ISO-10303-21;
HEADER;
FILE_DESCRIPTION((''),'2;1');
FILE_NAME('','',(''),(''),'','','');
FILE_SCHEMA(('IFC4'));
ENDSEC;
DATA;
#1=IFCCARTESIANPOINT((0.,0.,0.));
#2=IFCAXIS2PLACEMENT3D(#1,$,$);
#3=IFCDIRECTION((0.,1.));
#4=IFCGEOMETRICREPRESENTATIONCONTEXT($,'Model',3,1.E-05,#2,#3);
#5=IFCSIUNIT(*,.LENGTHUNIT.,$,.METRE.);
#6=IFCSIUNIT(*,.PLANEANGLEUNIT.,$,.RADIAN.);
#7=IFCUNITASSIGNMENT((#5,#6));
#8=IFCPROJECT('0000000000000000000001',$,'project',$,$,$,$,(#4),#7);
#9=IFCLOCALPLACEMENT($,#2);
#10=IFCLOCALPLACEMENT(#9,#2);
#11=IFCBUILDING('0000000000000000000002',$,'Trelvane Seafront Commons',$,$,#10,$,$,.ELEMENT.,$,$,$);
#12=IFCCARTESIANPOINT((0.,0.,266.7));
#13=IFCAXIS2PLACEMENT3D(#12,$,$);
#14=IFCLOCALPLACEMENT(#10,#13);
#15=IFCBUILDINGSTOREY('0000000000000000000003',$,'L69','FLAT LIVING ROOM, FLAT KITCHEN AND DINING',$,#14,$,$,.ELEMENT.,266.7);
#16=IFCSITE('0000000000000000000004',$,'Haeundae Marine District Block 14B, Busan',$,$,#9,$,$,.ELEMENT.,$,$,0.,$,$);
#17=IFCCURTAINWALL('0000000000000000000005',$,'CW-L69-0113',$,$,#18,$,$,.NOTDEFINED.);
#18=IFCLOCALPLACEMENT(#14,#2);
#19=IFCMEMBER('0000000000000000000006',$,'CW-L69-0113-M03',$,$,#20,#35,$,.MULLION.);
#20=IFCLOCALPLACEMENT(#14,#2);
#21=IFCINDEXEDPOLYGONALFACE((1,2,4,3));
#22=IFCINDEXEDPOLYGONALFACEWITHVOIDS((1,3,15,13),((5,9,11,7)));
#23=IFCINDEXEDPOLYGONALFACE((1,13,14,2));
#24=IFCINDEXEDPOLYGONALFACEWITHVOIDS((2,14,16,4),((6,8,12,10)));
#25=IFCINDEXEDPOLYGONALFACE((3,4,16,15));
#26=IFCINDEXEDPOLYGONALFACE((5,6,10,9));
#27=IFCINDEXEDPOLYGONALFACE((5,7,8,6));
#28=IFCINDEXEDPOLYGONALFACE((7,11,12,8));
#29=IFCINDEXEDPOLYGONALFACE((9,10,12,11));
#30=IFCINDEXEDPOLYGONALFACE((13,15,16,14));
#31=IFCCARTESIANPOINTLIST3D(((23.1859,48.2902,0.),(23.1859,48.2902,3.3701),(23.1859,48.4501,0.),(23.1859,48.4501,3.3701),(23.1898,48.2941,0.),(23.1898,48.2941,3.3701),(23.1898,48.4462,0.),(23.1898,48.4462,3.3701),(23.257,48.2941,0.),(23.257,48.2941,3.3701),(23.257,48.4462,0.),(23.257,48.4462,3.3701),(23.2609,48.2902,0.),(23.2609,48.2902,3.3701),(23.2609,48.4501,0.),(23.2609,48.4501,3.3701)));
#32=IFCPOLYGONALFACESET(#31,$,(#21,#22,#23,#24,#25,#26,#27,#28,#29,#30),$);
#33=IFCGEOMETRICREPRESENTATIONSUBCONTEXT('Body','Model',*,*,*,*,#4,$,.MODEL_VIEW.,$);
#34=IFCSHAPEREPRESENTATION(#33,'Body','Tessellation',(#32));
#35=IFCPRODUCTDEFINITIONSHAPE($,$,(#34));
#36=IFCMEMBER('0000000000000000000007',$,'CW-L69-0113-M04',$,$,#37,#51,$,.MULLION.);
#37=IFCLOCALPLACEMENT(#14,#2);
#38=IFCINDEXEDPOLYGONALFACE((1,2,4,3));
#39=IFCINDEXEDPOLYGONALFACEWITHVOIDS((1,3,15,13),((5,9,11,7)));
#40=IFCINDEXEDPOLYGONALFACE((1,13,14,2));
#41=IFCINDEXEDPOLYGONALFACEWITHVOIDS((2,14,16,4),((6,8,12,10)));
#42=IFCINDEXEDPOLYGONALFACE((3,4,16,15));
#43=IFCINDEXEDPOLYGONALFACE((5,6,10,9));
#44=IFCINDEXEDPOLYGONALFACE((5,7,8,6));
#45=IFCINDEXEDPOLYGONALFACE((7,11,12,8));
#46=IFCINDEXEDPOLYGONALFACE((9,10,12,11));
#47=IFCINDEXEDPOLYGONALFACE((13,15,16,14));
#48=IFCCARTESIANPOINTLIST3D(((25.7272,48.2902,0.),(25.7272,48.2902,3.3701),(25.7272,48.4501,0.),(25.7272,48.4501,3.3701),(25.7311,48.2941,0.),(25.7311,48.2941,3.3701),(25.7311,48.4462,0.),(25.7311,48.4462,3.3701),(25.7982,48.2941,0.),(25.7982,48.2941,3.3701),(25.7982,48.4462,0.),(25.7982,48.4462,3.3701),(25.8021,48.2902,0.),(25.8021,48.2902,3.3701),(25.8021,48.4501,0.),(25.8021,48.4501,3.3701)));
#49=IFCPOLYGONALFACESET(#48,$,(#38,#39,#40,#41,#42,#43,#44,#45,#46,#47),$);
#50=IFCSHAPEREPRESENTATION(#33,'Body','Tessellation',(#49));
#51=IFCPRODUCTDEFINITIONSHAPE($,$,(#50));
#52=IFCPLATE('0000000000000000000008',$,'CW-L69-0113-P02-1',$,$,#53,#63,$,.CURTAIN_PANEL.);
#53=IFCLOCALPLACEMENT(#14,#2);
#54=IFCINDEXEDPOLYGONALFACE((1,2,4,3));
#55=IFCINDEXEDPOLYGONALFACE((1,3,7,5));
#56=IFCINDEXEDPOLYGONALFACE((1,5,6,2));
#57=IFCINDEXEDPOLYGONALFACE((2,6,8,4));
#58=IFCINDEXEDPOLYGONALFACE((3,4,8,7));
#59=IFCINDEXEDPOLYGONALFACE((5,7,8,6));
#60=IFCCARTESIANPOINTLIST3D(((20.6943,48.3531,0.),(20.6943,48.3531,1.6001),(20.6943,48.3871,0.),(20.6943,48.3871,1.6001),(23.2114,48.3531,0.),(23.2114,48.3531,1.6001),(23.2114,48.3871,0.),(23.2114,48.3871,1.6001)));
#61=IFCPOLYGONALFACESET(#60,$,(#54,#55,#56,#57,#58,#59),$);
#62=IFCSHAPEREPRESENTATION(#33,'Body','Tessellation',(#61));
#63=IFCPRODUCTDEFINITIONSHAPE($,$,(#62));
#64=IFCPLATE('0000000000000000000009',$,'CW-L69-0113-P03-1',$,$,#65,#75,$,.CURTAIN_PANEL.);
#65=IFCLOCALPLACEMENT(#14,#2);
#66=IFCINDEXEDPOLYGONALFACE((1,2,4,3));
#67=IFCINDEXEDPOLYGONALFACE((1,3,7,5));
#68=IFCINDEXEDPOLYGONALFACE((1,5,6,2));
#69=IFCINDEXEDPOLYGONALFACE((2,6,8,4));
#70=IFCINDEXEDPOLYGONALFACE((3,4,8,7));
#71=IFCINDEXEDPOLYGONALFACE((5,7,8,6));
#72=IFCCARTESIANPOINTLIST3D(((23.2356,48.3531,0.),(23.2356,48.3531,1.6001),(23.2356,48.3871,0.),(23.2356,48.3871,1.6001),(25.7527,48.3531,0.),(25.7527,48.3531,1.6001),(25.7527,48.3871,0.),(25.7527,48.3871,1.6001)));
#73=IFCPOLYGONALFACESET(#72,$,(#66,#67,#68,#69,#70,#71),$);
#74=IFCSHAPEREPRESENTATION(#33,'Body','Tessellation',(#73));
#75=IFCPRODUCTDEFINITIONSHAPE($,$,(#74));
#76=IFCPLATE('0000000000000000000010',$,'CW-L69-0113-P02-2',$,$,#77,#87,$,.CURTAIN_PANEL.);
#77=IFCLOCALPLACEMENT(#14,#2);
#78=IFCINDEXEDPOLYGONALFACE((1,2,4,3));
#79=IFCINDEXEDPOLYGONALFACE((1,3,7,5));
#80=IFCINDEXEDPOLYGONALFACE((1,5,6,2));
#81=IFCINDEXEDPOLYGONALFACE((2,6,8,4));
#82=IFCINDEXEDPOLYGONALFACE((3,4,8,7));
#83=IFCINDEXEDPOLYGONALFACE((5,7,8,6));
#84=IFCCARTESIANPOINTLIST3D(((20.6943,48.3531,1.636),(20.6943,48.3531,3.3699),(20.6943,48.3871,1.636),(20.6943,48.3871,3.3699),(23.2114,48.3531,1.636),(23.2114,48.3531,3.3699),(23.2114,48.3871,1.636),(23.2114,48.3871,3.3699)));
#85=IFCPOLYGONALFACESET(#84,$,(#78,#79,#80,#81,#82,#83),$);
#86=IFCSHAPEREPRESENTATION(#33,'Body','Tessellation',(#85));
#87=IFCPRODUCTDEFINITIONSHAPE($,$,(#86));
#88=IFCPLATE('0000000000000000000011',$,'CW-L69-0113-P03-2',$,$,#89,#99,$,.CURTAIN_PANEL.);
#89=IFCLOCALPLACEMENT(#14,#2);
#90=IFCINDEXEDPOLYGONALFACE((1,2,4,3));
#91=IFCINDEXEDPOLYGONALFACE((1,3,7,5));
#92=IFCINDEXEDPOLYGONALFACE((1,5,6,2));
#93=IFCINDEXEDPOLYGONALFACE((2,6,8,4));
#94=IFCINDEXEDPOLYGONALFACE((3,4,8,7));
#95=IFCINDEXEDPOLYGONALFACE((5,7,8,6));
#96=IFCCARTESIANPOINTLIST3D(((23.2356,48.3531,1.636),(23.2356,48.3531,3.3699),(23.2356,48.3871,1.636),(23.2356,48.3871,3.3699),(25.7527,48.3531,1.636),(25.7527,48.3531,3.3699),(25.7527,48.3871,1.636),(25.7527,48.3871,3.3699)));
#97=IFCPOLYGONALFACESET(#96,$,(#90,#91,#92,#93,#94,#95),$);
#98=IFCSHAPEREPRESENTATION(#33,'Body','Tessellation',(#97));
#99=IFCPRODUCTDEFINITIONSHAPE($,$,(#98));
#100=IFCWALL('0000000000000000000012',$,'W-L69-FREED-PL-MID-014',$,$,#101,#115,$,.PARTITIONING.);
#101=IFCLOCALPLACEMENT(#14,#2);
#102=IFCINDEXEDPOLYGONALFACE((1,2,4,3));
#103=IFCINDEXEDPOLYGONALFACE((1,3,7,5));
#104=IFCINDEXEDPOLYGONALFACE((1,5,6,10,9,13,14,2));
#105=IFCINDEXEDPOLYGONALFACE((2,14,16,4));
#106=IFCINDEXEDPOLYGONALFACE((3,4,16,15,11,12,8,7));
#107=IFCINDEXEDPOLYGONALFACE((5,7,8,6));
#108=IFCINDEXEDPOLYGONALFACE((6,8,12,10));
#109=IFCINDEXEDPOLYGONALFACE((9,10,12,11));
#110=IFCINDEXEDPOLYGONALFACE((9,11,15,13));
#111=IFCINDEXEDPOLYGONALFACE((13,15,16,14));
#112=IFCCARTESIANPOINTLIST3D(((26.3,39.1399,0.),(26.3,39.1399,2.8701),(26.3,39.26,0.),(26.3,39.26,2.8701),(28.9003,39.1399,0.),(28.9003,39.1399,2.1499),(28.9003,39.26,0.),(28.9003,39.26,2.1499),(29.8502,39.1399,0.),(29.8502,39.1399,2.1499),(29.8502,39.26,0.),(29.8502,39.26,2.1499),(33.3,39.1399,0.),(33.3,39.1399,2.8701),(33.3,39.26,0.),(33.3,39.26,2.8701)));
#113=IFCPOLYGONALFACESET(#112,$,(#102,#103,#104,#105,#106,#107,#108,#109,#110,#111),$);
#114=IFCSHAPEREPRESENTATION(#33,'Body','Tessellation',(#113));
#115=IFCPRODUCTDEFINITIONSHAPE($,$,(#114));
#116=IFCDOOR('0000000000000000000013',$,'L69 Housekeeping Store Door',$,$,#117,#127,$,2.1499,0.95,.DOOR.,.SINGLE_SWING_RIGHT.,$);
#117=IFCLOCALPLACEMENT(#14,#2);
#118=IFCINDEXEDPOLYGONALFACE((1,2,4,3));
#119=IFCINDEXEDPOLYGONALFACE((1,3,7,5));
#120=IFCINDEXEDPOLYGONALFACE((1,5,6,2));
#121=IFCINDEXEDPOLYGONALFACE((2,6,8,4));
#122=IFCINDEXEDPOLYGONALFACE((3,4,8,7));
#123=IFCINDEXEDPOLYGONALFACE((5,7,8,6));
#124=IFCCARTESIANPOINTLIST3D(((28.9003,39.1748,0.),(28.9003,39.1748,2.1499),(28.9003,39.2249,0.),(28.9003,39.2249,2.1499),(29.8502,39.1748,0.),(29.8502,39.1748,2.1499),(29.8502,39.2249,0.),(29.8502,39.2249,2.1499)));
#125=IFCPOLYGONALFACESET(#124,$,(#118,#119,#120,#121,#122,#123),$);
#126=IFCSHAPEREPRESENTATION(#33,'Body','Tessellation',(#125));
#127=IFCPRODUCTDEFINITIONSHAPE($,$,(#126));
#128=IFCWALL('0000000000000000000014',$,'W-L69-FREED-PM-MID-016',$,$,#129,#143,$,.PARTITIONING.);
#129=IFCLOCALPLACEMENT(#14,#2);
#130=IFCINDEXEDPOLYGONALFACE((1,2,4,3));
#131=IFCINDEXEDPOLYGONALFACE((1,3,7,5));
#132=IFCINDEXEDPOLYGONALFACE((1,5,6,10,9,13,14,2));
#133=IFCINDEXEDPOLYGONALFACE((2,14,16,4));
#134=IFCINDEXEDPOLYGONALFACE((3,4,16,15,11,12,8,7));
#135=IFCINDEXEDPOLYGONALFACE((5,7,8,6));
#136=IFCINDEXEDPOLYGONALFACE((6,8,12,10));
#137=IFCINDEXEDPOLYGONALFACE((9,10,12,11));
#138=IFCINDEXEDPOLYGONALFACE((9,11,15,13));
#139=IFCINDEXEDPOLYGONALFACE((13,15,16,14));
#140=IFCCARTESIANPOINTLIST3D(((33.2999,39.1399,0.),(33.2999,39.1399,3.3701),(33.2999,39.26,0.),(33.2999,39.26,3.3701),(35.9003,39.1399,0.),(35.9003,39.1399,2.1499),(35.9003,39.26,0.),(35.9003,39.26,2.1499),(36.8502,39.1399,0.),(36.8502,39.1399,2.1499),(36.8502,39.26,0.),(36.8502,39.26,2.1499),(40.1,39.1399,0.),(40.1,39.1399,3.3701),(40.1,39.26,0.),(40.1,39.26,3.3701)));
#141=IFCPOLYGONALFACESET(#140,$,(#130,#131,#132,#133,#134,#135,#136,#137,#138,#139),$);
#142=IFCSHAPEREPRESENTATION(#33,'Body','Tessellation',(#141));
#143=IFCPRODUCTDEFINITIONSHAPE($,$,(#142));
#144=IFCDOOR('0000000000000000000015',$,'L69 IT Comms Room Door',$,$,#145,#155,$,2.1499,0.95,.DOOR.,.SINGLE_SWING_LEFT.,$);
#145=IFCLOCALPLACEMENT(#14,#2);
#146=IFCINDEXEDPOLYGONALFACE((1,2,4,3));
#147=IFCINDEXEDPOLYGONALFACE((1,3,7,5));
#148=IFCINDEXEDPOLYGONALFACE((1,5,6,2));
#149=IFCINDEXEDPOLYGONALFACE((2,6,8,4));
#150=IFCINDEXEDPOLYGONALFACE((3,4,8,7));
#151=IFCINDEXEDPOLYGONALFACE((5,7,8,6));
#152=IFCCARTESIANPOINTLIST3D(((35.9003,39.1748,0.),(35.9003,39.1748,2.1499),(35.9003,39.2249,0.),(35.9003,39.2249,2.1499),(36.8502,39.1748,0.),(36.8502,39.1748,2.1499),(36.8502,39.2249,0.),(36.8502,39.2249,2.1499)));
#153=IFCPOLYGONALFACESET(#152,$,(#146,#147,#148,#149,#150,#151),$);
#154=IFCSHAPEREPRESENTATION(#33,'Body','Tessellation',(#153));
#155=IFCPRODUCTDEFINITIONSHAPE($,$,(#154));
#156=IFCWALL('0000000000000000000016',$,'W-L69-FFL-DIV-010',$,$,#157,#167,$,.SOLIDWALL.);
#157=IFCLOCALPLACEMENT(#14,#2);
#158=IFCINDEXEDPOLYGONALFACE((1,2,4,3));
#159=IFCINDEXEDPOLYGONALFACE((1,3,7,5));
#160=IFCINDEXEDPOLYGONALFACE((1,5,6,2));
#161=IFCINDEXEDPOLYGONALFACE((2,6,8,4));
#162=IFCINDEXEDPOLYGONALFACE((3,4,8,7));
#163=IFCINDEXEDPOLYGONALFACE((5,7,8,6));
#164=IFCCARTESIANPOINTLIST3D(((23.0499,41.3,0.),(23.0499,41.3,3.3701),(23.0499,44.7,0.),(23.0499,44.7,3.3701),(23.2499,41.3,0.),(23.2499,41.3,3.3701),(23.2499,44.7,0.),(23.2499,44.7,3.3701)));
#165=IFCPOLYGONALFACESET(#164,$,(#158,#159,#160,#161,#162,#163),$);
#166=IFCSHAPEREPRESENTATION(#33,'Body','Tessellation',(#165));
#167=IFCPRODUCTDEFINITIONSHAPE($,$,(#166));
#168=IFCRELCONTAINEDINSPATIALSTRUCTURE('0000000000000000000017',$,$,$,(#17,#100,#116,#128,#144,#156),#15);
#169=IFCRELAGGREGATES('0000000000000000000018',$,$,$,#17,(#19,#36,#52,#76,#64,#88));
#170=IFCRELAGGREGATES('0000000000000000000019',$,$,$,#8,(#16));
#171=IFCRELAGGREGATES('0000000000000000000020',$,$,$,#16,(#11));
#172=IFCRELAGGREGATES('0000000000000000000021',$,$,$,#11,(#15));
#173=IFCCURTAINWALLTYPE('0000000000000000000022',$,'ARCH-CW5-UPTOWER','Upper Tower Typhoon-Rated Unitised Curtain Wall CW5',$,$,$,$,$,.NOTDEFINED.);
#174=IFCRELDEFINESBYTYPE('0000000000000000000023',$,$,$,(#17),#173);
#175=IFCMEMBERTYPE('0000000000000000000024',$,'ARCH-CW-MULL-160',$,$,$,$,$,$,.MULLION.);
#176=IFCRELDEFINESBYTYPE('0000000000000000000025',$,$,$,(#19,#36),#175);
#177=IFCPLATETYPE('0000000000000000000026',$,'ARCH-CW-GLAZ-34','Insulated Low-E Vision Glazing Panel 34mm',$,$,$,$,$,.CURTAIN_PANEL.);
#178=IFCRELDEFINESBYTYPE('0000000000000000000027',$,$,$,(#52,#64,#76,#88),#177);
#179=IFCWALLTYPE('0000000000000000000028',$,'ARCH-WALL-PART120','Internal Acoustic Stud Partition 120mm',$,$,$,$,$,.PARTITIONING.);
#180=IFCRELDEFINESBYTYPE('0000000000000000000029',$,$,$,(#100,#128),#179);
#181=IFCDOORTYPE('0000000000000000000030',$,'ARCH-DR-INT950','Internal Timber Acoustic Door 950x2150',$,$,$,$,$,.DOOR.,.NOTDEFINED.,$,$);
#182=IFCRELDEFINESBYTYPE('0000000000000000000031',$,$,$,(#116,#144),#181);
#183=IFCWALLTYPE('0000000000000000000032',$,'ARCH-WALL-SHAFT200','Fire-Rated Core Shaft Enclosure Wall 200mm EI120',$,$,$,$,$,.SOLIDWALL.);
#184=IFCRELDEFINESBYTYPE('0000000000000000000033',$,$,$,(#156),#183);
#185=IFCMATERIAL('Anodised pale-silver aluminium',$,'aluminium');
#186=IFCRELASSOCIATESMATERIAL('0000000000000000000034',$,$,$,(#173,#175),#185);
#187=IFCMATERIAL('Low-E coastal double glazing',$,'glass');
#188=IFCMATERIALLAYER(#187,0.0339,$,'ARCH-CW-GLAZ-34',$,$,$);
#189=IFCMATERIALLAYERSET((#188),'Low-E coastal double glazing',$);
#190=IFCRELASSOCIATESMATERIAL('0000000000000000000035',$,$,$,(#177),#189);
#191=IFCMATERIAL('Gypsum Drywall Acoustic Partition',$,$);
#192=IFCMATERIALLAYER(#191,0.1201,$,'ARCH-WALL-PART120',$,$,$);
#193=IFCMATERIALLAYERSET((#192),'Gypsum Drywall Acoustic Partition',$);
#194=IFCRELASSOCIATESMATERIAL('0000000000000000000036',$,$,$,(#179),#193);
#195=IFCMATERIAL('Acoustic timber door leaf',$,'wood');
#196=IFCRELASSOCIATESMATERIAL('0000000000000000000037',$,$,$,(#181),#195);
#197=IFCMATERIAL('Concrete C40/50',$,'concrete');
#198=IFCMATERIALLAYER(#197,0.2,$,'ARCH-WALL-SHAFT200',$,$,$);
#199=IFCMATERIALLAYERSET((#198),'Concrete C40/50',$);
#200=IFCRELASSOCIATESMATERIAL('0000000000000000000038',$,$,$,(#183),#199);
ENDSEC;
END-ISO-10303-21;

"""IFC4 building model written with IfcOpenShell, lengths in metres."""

from ifc_helpers import new_model, si_unit, direction, frame, frame_2d, origin, origin_2d, place, context, subcontext, project, spatial, rectangle, hollow_rectangle, extrude, source, transform, mapped, material, layer, layer_set, material_profile, profile_set, type_object, element, fill, aggregate, save


model = new_model("IFC4")

# Units and contexts
model_context = context("Model", 3, precision=1e-05, world=origin(), true_north=direction((0.0, 1.0)))
body_context = subcontext(model_context, "Body", "Model", "MODEL_VIEW")
ifc_project = project(units=[si_unit("LENGTHUNIT", "METRE"), si_unit("PLANEANGLEUNIT", "RADIAN")], contexts=[model_context])

# Site, building, storey
site_placement = place(None, origin())
site = spatial("IfcSite", under=ifc_project, at=site_placement, Name="Haeundae Marine District Block 14B, Busan", CompositionType="ELEMENT", RefElevation=0.0)
building_placement = place(site_placement, origin())
building = spatial("IfcBuilding", under=site, at=building_placement, Name="Trelvane Seafront Commons", CompositionType="ELEMENT")
storey_placement = place(building_placement, frame((0.0, 0.0, 266.7)))
storey = spatial("IfcBuildingStorey", under=building, at=storey_placement, Name="L69", Description="FLAT LIVING ROOM, FLAT KITCHEN AND DINING", CompositionType="ELEMENT", Elevation=266.7)

# Curtain wall, members, plates
ifc_material_1 = material(Name="Anodised pale-silver aluminium", Category="aluminium")
curtain_wall_type = type_object("IfcCurtainWallType", Name="ARCH-CW5-UPTOWER", Description="Upper Tower Typhoon-Rated Unitised Curtain Wall CW5", PredefinedType="NOTDEFINED", material=ifc_material_1)
curtain_wall_placement = place(storey_placement, origin())
curtain_wall = element("IfcCurtainWall", 1, at=curtain_wall_placement, inside=storey, type_object=curtain_wall_type, Name="CW-L69-0113", PredefinedType="NOTDEFINED")
ifc_material_profile_1 = material_profile(ifc_material_1, hollow_rectangle(XDim=0.075, YDim=0.1599, WallThickness=0.0039, at=origin_2d()), Name="MULL-75x160x4")
ifc_profile_set_1 = profile_set([ifc_material_profile_1], Name="Anodised pale-silver aluminium")
member_type_1 = type_object("IfcMemberType", Name="ARCH-CW-MULL-160", PredefinedType="MULLION", material=ifc_profile_set_1)
shared_shape_1 = source(origin(), body_context, "Body", "SweptSolid", [
    extrude(hollow_rectangle(XDim=0.075, YDim=0.1599, WallThickness=0.0039, at=origin_2d()), origin(), (0.0, 0.0, 1.0), 3.3701),
])
member_1_placement = place(storey_placement, frame((23.2234, 48.3701, 0.0), z_axis=(0.0, 0.0, 1.0), x_axis=(1.0, 0.0, 0.0)))
member_1 = element("IfcMember", 2, at=member_1_placement, type_object=member_type_1, Name="CW-L69-0113-M03", PredefinedType="MULLION", context=body_context, shape_type="MappedRepresentation", body=[
    mapped(shared_shape_1, transform((0.0, 0.0, 0.0), x_axis=(1.0, 0.0, 0.0), y_axis=(0.0, 1.0, 0.0), z_axis=(0.0, 0.0, 1.0), scale=1.0)),
])
member_2_placement = place(storey_placement, frame((25.7646, 48.3701, 0.0), z_axis=(0.0, 0.0, 1.0), x_axis=(1.0, 0.0, 0.0)))
member_2 = element("IfcMember", 3, at=member_2_placement, type_object=member_type_1, Name="CW-L69-0113-M04", PredefinedType="MULLION", context=body_context, shape_type="MappedRepresentation", body=[
    mapped(shared_shape_1, transform((0.0, 0.0, 0.0), x_axis=(1.0, 0.0, 0.0), y_axis=(0.0, 1.0, 0.0), z_axis=(0.0, 0.0, 1.0), scale=1.0)),
])
ifc_material_2 = material(Name="Low-E coastal double glazing", Category="glass")
ifc_layer_1 = layer(ifc_material_2, 0.0339, Name="ARCH-CW-GLAZ-34")
ifc_layer_set_1 = layer_set([ifc_layer_1], Name="Low-E coastal double glazing")
plate_type = type_object("IfcPlateType", Name="ARCH-CW-GLAZ-34", Description="Insulated Low-E Vision Glazing Panel 34mm", PredefinedType="CURTAIN_PANEL", material=ifc_layer_set_1)
shared_shape_2 = source(origin(), body_context, "Body", "SweptSolid", [
    extrude(rectangle(XDim=2.5171, YDim=0.0339, at=origin_2d()), origin(), (0.0, 0.0, 1.0), 1.6001),
])
plate_1_placement = place(storey_placement, frame((21.9529, 48.3701, 0.0), z_axis=(0.0, 0.0, 1.0), x_axis=(1.0, 0.0, 0.0)))
plate_1 = element("IfcPlate", 4, at=plate_1_placement, type_object=plate_type, Name="CW-L69-0113-P02-1", PredefinedType="CURTAIN_PANEL", context=body_context, shape_type="MappedRepresentation", body=[
    mapped(shared_shape_2, transform((0.0, 0.0, 0.0), x_axis=(1.0, 0.0, 0.0), y_axis=(0.0, 1.0, 0.0), z_axis=(0.0, 0.0, 1.0), scale=1.0)),
])
plate_2_placement = place(storey_placement, frame((24.4941, 48.3701, 0.0), z_axis=(0.0, 0.0, 1.0), x_axis=(1.0, 0.0, 0.0)))
plate_2 = element("IfcPlate", 5, at=plate_2_placement, type_object=plate_type, Name="CW-L69-0113-P03-1", PredefinedType="CURTAIN_PANEL", context=body_context, shape_type="MappedRepresentation", body=[
    mapped(shared_shape_2, transform((0.0, 0.0, 0.0), x_axis=(1.0, 0.0, 0.0), y_axis=(0.0, 1.0, 0.0), z_axis=(0.0, 0.0, 1.0), scale=1.0)),
])
shared_shape_3 = source(origin(), body_context, "Body", "SweptSolid", [
    extrude(rectangle(XDim=2.5171, YDim=0.0339, at=origin_2d()), origin(), (0.0, 0.0, 1.0), 1.7339),
])
plate_3_placement = place(storey_placement, frame((21.9529, 48.3701, 1.636), z_axis=(0.0, 0.0, 1.0), x_axis=(1.0, 0.0, 0.0)))
plate_3 = element("IfcPlate", 6, at=plate_3_placement, type_object=plate_type, Name="CW-L69-0113-P02-2", PredefinedType="CURTAIN_PANEL", context=body_context, shape_type="MappedRepresentation", body=[
    mapped(shared_shape_3, transform((0.0, 0.0, 0.0), x_axis=(1.0, 0.0, 0.0), y_axis=(0.0, 1.0, 0.0), z_axis=(0.0, 0.0, 1.0), scale=1.0)),
])
plate_4_placement = place(storey_placement, frame((24.4941, 48.3701, 1.636), z_axis=(0.0, 0.0, 1.0), x_axis=(1.0, 0.0, 0.0)))
plate_4 = element("IfcPlate", 7, at=plate_4_placement, type_object=plate_type, Name="CW-L69-0113-P03-2", PredefinedType="CURTAIN_PANEL", context=body_context, shape_type="MappedRepresentation", body=[
    mapped(shared_shape_3, transform((0.0, 0.0, 0.0), x_axis=(1.0, 0.0, 0.0), y_axis=(0.0, 1.0, 0.0), z_axis=(0.0, 0.0, 1.0), scale=1.0)),
])
aggregate(curtain_wall, [member_1, member_2, plate_1, plate_3, plate_2, plate_4])

# Walls, openings, doors
ifc_material_3 = material(Name="Concrete C40/50", Category="concrete")
ifc_material_4 = material(Name="Gypsum Drywall Acoustic Partition")
ifc_layer_2 = layer(ifc_material_4, 0.1201, Name="ARCH-WALL-PART120")
ifc_layer_set_2 = layer_set([ifc_layer_2], Name="Gypsum Drywall Acoustic Partition")
wall_type_1 = type_object("IfcWallType", Name="ARCH-WALL-PART120", Description="Internal Acoustic Stud Partition 120mm", PredefinedType="PARTITIONING", material=ifc_layer_set_2)
wall_1_placement = place(storey_placement, frame((26.3, 39.2, 0.0), z_axis=(0.0, 0.0, 1.0), x_axis=(1.0, 0.0, 0.0)))
wall_1 = element("IfcWall", 8, at=wall_1_placement, inside=storey, type_object=wall_type_1, Name="W-L69-FREED-PL-MID-014", PredefinedType="PARTITIONING", context=body_context, shape_type="SweptSolid", body=[
    extrude(rectangle(XDim=7.0, YDim=0.1201, at=frame_2d((3.5, 0.0))), origin(), (0.0, 0.0, 1.0), 2.8701),
])
opening_1_placement = place(wall_1_placement, frame((2.6001, 0.0, 0.0)))
opening_1 = element("IfcOpeningElement", 9, at=opening_1_placement, cuts=wall_1, PredefinedType="OPENING", context=body_context, shape_type="SweptSolid", body=[
    extrude(rectangle(XDim=0.95, YDim=2.1499, at=frame_2d((0.4751, 1.075))), frame((0.0, 0.0701, 0.0), z_axis=(0.0, -1.0, 0.0), x_axis=(1.0, 0.0, 0.0)), (0.0, 0.0, 1.0), 0.1401),
])
ifc_material_5 = material(Name="Acoustic timber door leaf", Category="wood")
door_type_1 = type_object("IfcDoorType", Name="ARCH-DR-INT950", Description="Internal Timber Acoustic Door 950x2150", OperationType="NOTDEFINED", PredefinedType="DOOR", material=ifc_material_5)
shared_shape_4 = source(origin(), body_context, "Body", "SweptSolid", [
    extrude(rectangle(XDim=0.95, YDim=2.1499, at=frame_2d((0.4751, 1.075))), frame((0.0, 0.0249, 0.0), z_axis=(0.0, -1.0, 0.0), x_axis=(1.0, 0.0, 0.0)), (0.0, 0.0, 1.0), 0.05),
])
door_1_placement = place(opening_1_placement, origin())
door_1 = element("IfcDoor", 10, at=door_1_placement, inside=storey, type_object=door_type_1, Name="L69 Housekeeping Store Door", OperationType="SINGLE_SWING_RIGHT", OverallHeight=2.1499, OverallWidth=0.95, PredefinedType="DOOR", context=body_context, shape_type="MappedRepresentation", body=[
    mapped(shared_shape_4, transform((0.0, 0.0, 0.0), x_axis=(1.0, 0.0, 0.0), y_axis=(0.0, 1.0, 0.0), z_axis=(0.0, 0.0, 1.0), scale=1.0)),
])
fill(opening_1, door_1)
wall_2_placement = place(storey_placement, frame((33.3, 39.2, 0.0), z_axis=(0.0, 0.0, 1.0), x_axis=(1.0, 0.0, 0.0)))
wall_2 = element("IfcWall", 11, at=wall_2_placement, inside=storey, type_object=wall_type_1, Name="W-L69-FREED-PM-MID-016", PredefinedType="PARTITIONING", context=body_context, shape_type="SweptSolid", body=[
    extrude(rectangle(XDim=6.8, YDim=0.1201, at=frame_2d((3.3999, 0.0))), origin(), (0.0, 0.0, 1.0), 3.3701),
])
opening_2_placement = place(wall_2_placement, frame((2.6001, 0.0, 0.0)))
opening_2 = element("IfcOpeningElement", 12, at=opening_2_placement, cuts=wall_2, PredefinedType="OPENING", context=body_context, shape_type="SweptSolid", body=[
    extrude(rectangle(XDim=0.95, YDim=2.1499, at=frame_2d((0.4751, 1.075))), frame((0.0, 0.0701, 0.0), z_axis=(0.0, -1.0, 0.0), x_axis=(1.0, 0.0, 0.0)), (0.0, 0.0, 1.0), 0.1401),
])
door_2_placement = place(opening_2_placement, origin())
door_2 = element("IfcDoor", 13, at=door_2_placement, inside=storey, type_object=door_type_1, Name="L69 IT Comms Room Door", OperationType="SINGLE_SWING_LEFT", OverallHeight=2.1499, OverallWidth=0.95, PredefinedType="DOOR", context=body_context, shape_type="MappedRepresentation", body=[
    mapped(shared_shape_4, transform((0.0, 0.0, 0.0), x_axis=(1.0, 0.0, 0.0), y_axis=(0.0, 1.0, 0.0), z_axis=(0.0, 0.0, 1.0), scale=1.0)),
])
fill(opening_2, door_2)

# Wall
ifc_layer_3 = layer(ifc_material_3, 0.2, Name="ARCH-WALL-SHAFT200")
ifc_layer_set_3 = layer_set([ifc_layer_3], Name="Concrete C40/50")
wall_type_2 = type_object("IfcWallType", Name="ARCH-WALL-SHAFT200", Description="Fire-Rated Core Shaft Enclosure Wall 200mm EI120", PredefinedType="SOLIDWALL", material=ifc_layer_set_3)
for number, where, z_axis, x_axis, name in (
    (14, (23.1499, 41.3, 0.0), (0.0, 0.0, 1.0), (0.0, 1.0, 0.0), "W-L69-FFL-DIV-010"),
):
    element("IfcWall", number, at=place(storey_placement, frame(where, z_axis=z_axis, x_axis=x_axis)), inside=storey, type_object=wall_type_2, Name=name, PredefinedType="SOLIDWALL", context=body_context, shape_type="SweptSolid", body=[
        extrude(rectangle(XDim=3.3999, YDim=0.2, at=frame_2d((1.7, 0.0))), origin(), (0.0, 0.0, 1.0), 3.3701),
    ])

save(model, "model.ifc")
